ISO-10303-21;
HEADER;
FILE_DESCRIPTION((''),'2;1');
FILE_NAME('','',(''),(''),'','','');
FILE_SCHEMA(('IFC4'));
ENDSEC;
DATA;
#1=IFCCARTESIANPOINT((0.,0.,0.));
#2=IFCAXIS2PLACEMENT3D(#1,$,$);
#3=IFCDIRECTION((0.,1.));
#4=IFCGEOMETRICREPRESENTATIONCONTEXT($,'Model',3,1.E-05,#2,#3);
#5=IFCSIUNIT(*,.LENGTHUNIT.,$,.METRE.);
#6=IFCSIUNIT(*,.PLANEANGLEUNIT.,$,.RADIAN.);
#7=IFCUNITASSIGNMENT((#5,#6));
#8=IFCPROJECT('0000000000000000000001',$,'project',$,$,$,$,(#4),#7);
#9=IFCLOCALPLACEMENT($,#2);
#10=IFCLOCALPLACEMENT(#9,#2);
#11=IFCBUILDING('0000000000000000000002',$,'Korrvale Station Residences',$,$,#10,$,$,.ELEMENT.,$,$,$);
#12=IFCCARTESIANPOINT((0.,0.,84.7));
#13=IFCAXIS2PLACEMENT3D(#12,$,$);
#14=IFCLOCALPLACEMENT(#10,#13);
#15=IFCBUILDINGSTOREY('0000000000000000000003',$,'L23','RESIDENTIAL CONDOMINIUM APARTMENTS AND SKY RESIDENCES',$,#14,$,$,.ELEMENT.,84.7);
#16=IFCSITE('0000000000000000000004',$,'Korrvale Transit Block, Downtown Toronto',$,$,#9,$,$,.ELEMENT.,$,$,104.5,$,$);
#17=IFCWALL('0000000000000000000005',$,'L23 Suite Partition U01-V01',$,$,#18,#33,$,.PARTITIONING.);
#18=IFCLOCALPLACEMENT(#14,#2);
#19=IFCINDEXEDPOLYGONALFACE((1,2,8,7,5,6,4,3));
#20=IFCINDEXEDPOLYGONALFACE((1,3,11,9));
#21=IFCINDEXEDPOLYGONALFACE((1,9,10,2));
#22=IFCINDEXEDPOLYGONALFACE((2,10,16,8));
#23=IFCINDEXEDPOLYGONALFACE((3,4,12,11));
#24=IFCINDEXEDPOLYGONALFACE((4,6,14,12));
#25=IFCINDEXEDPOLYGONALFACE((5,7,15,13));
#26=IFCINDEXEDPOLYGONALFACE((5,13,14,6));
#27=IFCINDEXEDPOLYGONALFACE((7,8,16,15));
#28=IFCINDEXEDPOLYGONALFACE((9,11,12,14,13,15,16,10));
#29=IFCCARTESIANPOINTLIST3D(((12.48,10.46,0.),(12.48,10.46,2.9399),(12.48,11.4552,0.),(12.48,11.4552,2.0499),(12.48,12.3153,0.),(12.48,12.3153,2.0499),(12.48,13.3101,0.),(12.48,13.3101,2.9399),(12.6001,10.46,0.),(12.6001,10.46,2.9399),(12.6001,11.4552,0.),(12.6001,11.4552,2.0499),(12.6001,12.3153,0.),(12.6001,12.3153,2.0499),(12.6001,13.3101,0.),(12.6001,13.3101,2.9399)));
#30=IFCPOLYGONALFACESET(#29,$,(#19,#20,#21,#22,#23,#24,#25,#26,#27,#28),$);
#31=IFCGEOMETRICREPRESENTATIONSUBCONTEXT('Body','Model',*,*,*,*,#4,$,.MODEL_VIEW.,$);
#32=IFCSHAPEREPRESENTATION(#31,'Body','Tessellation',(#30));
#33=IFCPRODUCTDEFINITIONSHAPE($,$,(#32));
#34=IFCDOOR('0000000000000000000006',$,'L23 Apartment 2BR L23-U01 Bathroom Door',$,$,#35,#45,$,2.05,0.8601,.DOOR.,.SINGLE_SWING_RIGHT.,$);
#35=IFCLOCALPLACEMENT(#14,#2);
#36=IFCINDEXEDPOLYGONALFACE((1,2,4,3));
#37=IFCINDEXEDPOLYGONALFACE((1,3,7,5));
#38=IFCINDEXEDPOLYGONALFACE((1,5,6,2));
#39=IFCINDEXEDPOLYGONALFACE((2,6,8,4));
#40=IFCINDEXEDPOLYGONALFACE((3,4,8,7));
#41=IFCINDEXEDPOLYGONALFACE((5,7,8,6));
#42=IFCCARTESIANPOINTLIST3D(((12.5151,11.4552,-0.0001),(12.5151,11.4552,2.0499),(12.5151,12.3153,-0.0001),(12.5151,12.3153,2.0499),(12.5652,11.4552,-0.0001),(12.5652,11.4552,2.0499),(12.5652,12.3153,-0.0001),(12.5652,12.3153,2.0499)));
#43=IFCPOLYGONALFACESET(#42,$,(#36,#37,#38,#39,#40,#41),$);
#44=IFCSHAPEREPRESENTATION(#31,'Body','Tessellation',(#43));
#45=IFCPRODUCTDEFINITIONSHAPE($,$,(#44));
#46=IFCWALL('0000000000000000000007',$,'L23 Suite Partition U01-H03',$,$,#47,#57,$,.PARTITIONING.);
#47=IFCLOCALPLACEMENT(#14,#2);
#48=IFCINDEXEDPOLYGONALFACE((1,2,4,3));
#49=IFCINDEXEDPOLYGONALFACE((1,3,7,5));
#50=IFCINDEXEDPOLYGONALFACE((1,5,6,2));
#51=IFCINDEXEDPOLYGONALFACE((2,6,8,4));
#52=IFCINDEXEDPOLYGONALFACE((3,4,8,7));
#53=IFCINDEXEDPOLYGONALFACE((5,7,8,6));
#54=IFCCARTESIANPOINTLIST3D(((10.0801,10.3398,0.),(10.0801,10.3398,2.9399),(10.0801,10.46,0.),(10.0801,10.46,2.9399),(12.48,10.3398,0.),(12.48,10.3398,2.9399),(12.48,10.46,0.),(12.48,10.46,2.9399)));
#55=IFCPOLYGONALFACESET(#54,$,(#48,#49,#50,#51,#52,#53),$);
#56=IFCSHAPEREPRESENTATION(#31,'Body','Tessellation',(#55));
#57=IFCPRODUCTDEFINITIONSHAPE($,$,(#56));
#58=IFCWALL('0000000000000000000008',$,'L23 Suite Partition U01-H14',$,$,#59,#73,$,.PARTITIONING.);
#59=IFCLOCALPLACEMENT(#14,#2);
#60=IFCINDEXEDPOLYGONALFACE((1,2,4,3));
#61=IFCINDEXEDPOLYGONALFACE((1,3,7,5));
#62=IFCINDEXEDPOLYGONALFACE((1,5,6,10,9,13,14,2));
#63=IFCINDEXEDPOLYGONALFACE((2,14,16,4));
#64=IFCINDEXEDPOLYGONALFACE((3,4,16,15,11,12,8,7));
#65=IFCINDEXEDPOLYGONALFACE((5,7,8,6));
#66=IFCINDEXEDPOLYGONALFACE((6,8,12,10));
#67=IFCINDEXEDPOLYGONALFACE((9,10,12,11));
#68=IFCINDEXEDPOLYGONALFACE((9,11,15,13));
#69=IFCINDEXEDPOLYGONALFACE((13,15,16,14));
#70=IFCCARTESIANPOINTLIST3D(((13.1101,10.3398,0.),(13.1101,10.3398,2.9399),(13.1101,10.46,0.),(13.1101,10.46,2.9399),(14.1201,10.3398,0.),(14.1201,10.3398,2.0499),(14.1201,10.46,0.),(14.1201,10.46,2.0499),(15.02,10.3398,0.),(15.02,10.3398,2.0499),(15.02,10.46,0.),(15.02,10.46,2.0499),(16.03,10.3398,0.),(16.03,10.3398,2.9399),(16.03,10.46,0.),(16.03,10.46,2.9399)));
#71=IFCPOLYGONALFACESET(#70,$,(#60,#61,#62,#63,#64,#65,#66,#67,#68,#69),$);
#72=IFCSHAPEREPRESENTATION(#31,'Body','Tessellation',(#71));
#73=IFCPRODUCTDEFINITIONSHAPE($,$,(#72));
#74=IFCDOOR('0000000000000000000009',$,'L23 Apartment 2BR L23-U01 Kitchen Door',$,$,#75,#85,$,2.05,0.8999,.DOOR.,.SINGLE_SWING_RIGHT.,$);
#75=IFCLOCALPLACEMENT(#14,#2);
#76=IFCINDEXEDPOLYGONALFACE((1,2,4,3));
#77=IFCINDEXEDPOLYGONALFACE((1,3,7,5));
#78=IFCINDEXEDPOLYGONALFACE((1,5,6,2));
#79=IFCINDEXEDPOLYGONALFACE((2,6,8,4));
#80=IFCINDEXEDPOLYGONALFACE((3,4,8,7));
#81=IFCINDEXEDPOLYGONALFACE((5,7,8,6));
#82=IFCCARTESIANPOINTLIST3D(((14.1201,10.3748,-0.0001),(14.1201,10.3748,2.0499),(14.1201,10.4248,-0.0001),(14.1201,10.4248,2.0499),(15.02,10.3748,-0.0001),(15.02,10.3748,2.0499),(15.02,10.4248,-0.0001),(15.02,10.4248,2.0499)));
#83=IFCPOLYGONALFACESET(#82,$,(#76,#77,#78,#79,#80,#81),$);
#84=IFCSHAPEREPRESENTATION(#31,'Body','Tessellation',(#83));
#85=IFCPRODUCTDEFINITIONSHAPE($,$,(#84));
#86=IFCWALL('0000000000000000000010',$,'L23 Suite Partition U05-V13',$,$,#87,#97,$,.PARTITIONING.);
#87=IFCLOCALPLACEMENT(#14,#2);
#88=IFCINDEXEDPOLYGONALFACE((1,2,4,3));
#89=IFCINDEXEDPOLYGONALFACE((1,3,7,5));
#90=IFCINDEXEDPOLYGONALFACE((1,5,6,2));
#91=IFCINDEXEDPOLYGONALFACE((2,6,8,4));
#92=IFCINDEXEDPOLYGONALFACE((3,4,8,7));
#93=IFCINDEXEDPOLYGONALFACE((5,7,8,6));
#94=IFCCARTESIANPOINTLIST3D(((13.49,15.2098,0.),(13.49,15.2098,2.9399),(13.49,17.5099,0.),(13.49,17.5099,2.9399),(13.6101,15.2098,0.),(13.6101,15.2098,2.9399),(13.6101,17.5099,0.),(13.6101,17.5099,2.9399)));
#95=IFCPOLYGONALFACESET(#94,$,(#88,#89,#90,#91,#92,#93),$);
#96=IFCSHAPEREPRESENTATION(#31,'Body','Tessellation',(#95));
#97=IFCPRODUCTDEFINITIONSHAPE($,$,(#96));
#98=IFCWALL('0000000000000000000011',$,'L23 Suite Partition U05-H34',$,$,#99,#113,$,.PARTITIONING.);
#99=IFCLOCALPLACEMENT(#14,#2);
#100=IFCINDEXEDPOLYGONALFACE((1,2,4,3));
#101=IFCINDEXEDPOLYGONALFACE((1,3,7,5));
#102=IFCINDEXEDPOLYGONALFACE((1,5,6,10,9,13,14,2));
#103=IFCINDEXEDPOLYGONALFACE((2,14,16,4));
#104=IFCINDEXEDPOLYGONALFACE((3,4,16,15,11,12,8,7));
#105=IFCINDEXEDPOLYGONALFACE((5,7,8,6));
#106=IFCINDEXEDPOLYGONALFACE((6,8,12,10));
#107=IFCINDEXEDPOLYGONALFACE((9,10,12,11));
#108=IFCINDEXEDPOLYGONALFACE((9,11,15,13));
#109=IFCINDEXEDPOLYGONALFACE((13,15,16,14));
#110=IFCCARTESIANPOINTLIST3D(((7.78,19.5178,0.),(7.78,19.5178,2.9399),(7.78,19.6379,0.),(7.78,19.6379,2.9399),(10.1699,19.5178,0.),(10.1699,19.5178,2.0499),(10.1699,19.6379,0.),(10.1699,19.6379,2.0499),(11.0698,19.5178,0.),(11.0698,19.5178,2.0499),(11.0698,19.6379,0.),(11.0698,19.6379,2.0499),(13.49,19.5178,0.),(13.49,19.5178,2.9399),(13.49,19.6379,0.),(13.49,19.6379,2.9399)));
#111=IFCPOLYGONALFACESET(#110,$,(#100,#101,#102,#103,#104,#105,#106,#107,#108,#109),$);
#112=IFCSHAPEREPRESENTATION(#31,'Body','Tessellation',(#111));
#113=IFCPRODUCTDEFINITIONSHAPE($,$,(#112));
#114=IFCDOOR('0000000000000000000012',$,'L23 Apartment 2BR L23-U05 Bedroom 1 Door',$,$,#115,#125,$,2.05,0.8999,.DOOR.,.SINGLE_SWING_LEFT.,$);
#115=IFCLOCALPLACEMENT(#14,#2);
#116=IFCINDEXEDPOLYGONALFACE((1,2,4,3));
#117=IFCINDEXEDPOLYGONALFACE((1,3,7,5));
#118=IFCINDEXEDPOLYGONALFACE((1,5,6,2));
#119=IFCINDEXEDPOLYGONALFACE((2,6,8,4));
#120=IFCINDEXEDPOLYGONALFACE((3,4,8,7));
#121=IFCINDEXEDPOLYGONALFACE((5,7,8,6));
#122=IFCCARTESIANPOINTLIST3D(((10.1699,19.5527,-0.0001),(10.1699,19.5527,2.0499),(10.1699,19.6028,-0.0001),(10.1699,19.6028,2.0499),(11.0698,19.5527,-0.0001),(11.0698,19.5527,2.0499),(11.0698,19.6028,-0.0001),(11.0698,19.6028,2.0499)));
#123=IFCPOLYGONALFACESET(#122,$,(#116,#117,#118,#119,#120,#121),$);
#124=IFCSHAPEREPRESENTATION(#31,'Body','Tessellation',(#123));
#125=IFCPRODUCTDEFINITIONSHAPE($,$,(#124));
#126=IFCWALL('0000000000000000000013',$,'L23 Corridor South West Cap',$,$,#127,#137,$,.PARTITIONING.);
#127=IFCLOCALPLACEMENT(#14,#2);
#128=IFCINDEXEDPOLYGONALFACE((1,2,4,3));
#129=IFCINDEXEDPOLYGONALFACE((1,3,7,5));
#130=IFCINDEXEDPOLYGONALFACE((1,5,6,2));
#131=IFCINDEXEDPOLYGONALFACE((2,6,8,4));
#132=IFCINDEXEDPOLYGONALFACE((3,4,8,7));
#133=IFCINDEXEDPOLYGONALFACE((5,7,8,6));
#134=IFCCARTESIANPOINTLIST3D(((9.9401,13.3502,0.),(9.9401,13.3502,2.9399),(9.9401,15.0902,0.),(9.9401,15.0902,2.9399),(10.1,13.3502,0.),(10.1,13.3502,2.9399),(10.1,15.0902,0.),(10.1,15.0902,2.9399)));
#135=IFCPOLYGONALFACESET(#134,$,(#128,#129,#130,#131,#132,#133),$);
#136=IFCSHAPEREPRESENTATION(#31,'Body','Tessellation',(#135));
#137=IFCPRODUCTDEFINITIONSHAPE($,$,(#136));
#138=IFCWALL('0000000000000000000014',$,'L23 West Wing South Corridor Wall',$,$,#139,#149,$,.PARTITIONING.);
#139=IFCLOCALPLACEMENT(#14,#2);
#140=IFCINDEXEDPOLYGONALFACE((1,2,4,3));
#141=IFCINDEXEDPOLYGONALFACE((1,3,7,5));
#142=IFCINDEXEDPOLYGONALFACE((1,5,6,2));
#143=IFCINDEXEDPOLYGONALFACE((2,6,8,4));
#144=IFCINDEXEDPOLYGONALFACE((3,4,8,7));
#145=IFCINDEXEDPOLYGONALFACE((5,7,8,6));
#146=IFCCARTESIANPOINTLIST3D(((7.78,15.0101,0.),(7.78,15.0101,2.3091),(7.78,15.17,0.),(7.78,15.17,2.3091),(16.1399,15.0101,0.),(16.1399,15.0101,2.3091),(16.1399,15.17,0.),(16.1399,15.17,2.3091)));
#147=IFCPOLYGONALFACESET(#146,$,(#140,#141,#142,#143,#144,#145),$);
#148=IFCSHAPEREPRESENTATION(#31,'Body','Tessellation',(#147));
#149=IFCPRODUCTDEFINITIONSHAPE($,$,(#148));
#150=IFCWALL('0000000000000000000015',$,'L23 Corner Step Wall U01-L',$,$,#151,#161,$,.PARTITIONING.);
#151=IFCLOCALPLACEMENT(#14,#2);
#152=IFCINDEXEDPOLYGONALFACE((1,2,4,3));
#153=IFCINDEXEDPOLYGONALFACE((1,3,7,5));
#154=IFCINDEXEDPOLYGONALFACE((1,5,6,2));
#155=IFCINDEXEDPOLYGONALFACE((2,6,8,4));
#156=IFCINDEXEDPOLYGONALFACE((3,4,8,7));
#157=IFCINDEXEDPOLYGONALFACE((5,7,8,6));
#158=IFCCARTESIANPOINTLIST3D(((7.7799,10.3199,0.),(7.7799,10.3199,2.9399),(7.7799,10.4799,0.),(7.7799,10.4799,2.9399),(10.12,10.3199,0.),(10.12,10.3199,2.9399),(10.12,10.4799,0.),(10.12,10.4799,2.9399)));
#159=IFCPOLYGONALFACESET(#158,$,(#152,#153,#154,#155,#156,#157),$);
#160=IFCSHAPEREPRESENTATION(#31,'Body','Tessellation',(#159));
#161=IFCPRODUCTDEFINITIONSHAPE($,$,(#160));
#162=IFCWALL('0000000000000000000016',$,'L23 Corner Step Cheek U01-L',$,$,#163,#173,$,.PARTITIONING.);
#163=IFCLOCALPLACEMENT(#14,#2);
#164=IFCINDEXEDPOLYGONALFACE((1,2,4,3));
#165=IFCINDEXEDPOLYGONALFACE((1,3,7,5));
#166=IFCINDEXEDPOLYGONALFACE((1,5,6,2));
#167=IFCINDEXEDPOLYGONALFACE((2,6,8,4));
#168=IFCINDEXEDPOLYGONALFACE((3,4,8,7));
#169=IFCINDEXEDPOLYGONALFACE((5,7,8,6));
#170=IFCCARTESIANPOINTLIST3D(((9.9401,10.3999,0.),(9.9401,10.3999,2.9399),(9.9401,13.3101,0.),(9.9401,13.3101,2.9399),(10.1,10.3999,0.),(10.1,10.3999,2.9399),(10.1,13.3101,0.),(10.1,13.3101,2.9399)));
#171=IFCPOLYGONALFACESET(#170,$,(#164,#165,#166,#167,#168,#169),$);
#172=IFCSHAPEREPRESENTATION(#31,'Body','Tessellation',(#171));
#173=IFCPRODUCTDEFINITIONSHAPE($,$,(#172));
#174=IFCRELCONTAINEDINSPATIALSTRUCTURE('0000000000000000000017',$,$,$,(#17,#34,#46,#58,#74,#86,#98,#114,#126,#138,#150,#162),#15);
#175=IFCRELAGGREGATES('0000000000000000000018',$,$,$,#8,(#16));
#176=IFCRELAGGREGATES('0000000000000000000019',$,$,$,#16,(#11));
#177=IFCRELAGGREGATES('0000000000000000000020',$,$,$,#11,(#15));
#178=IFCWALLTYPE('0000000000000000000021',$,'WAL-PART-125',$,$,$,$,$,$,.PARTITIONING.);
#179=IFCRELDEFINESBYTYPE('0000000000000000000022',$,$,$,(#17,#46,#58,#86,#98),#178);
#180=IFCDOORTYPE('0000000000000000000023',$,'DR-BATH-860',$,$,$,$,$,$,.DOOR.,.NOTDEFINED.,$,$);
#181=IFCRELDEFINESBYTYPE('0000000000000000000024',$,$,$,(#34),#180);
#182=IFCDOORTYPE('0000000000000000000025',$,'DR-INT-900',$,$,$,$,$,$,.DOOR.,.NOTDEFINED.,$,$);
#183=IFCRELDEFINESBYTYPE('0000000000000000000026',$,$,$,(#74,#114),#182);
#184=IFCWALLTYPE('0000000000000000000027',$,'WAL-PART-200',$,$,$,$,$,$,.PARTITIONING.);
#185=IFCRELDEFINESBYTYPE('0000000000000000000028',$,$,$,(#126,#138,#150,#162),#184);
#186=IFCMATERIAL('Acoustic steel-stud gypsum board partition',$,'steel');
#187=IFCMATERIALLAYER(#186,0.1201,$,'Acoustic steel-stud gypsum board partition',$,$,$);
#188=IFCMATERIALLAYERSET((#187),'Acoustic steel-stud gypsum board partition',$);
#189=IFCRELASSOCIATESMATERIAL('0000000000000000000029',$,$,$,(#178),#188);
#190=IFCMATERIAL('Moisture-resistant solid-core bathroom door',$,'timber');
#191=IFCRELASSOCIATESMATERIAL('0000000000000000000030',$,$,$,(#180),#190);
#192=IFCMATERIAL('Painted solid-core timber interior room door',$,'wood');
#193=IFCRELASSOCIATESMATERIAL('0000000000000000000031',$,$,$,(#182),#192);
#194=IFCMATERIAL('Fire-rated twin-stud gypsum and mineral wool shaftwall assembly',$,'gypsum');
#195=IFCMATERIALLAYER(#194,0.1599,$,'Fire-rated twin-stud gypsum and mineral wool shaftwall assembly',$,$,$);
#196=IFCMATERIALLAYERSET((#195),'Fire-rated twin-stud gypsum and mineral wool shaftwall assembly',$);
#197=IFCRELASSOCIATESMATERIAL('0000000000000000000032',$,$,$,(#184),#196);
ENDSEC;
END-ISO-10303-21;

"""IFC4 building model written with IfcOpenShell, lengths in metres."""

from ifc_helpers import new_model, si_unit, direction, frame, frame_2d, origin, place, context, subcontext, project, spatial, rectangle, extrude, material, layer, layer_set, type_object, element, fill, save


model = new_model("IFC4")

# Units and contexts
model_context = context("Model", 3, precision=1e-05, world=origin(), true_north=direction((0.0, 1.0)))
body_context = subcontext(model_context, "Body", "Model", "MODEL_VIEW")
ifc_project = project(units=[si_unit("LENGTHUNIT", "METRE"), si_unit("PLANEANGLEUNIT", "RADIAN")], contexts=[model_context])

# Site, building, storey
site_placement = place(None, origin())
site = spatial("IfcSite", under=ifc_project, at=site_placement, Name="Korrvale Transit Block, Downtown Toronto", CompositionType="ELEMENT", RefElevation=104.5)
building_placement = place(site_placement, origin())
building = spatial("IfcBuilding", under=site, at=building_placement, Name="Korrvale Station Residences", CompositionType="ELEMENT")
storey_placement = place(building_placement, frame((0.0, 0.0, 84.7)))
storey = spatial("IfcBuildingStorey", under=building, at=storey_placement, Name="L23", Description="RESIDENTIAL CONDOMINIUM APARTMENTS AND SKY RESIDENCES", CompositionType="ELEMENT", Elevation=84.7)

# Wall, opening, door
ifc_material_1 = material(Name="Acoustic steel-stud gypsum board partition", Category="steel")
ifc_layer_1 = layer(ifc_material_1, 0.1201, Name="Acoustic steel-stud gypsum board partition")
ifc_layer_set_1 = layer_set([ifc_layer_1], Name="Acoustic steel-stud gypsum board partition")
wall_type_1 = type_object("IfcWallType", Name="WAL-PART-125", PredefinedType="PARTITIONING", material=ifc_layer_set_1)
wall_1_placement = place(storey_placement, frame((12.54, 10.46, 0.0), z_axis=(0.0, 0.0, 1.0), x_axis=(0.0, 1.0, 0.0)))
wall_1 = element("IfcWall", 1, at=wall_1_placement, inside=storey, type_object=wall_type_1, Name="L23 Suite Partition U01-V01", PredefinedType="PARTITIONING", context=body_context, shape_type="SweptSolid", body=[
    extrude(rectangle(XDim=2.8501, YDim=0.1201, at=frame_2d((1.425, 0.0))), origin(), (0.0, 0.0, 1.0), 2.9399),
])
opening_1_placement = place(wall_1_placement, frame((0.9951, 0.0, 0.0)))
opening_1 = element("IfcOpeningElement", 2, at=opening_1_placement, cuts=wall_1, PredefinedType="OPENING", context=body_context, shape_type="SweptSolid", body=[
    extrude(rectangle(XDim=0.8601, YDim=2.05, at=frame_2d((0.4302, 1.0249))), frame((0.0, 0.0701, 0.0), z_axis=(0.0, -1.0, 0.0), x_axis=(1.0, 0.0, 0.0)), (0.0, 0.0, 1.0), 0.1401),
])
ifc_material_2 = material(Name="Moisture-resistant solid-core bathroom door", Category="timber")
door_type_1 = type_object("IfcDoorType", Name="DR-BATH-860", OperationType="NOTDEFINED", PredefinedType="DOOR", material=ifc_material_2)
door_1_placement = place(opening_1_placement, origin())
door_1 = element("IfcDoor", 3, at=door_1_placement, inside=storey, type_object=door_type_1, Name="L23 Apartment 2BR L23-U01 Bathroom Door", OperationType="SINGLE_SWING_RIGHT", OverallHeight=2.05, OverallWidth=0.8601, PredefinedType="DOOR", context=body_context, shape_type="SweptSolid", body=[
    extrude(rectangle(XDim=0.8601, YDim=2.05, at=frame_2d((0.4302, 1.0249))), frame((0.0, 0.0249, 0.0), z_axis=(0.0, -1.0, 0.0), x_axis=(1.0, 0.0, 0.0)), (0.0, 0.0, 1.0), 0.05),
])
fill(opening_1, door_1)

# Wall
wall_2_placement = place(storey_placement, frame((10.0801, 10.3999, 0.0), z_axis=(0.0, 0.0, 1.0), x_axis=(1.0, 0.0, 0.0)))
element("IfcWall", 4, at=wall_2_placement, inside=storey, type_object=wall_type_1, Name="L23 Suite Partition U01-H03", PredefinedType="PARTITIONING", context=body_context, shape_type="SweptSolid", body=[
    extrude(rectangle(XDim=2.3999, YDim=0.1201, at=frame_2d((1.2, 0.0))), origin(), (0.0, 0.0, 1.0), 2.9399),
])

# Wall, opening, door
wall_3_placement = place(storey_placement, frame((13.1101, 10.3999, 0.0), z_axis=(0.0, 0.0, 1.0), x_axis=(1.0, 0.0, 0.0)))
wall_3 = element("IfcWall", 5, at=wall_3_placement, inside=storey, type_object=wall_type_1, Name="L23 Suite Partition U01-H14", PredefinedType="PARTITIONING", context=body_context, shape_type="SweptSolid", body=[
    extrude(rectangle(XDim=2.9199, YDim=0.1201, at=frame_2d((1.46, 0.0))), origin(), (0.0, 0.0, 1.0), 2.9399),
])
opening_2_placement = place(wall_3_placement, frame((1.01, 0.0, 0.0)))
opening_2 = element("IfcOpeningElement", 6, at=opening_2_placement, cuts=wall_3, PredefinedType="OPENING", context=body_context, shape_type="SweptSolid", body=[
    extrude(rectangle(XDim=0.8999, YDim=2.05, at=frame_2d((0.45, 1.0249))), frame((0.0, 0.0701, 0.0), z_axis=(0.0, -1.0, 0.0), x_axis=(1.0, 0.0, 0.0)), (0.0, 0.0, 1.0), 0.1401),
])
ifc_material_3 = material(Name="Painted solid-core timber interior room door", Category="wood")
door_type_2 = type_object("IfcDoorType", Name="DR-INT-900", OperationType="NOTDEFINED", PredefinedType="DOOR", material=ifc_material_3)
door_2_placement = place(opening_2_placement, origin())
door_2 = element("IfcDoor", 7, at=door_2_placement, inside=storey, type_object=door_type_2, Name="L23 Apartment 2BR L23-U01 Kitchen Door", OperationType="SINGLE_SWING_RIGHT", OverallHeight=2.05, OverallWidth=0.8999, PredefinedType="DOOR", context=body_context, shape_type="SweptSolid", body=[
    extrude(rectangle(XDim=0.8999, YDim=2.05, at=frame_2d((0.45, 1.0249))), frame((0.0, 0.0249, 0.0), z_axis=(0.0, -1.0, 0.0), x_axis=(1.0, 0.0, 0.0)), (0.0, 0.0, 1.0), 0.05),
])
fill(opening_2, door_2)

# Wall
wall_4_placement = place(storey_placement, frame((13.55, 15.21, 0.0), z_axis=(0.0, 0.0, 1.0), x_axis=(0.0, 1.0, 0.0)))
element("IfcWall", 8, at=wall_4_placement, inside=storey, type_object=wall_type_1, Name="L23 Suite Partition U05-V13", PredefinedType="PARTITIONING", context=body_context, shape_type="SweptSolid", body=[
    extrude(rectangle(XDim=2.3, YDim=0.1201, at=frame_2d((1.1499, 0.0))), origin(), (0.0, 0.0, 1.0), 2.9399),
])

# Wall, opening, door
wall_5_placement = place(storey_placement, frame((7.78, 19.5779, 0.0), z_axis=(0.0, 0.0, 1.0), x_axis=(1.0, 0.0, 0.0)))
wall_5 = element("IfcWall", 9, at=wall_5_placement, inside=storey, type_object=wall_type_1, Name="L23 Suite Partition U05-H34", PredefinedType="PARTITIONING", context=body_context, shape_type="SweptSolid", body=[
    extrude(rectangle(XDim=5.71, YDim=0.1201, at=frame_2d((2.855, 0.0))), origin(), (0.0, 0.0, 1.0), 2.9399),
])
opening_3_placement = place(wall_5_placement, frame((2.3899, 0.0, 0.0)))
opening_3 = element("IfcOpeningElement", 10, at=opening_3_placement, cuts=wall_5, PredefinedType="OPENING", context=body_context, shape_type="SweptSolid", body=[
    extrude(rectangle(XDim=0.8999, YDim=2.05, at=frame_2d((0.45, 1.0249))), frame((0.0, 0.0701, 0.0), z_axis=(0.0, -1.0, 0.0), x_axis=(1.0, 0.0, 0.0)), (0.0, 0.0, 1.0), 0.1401),
])
door_3_placement = place(opening_3_placement, origin())
door_3 = element("IfcDoor", 11, at=door_3_placement, inside=storey, type_object=door_type_2, Name="L23 Apartment 2BR L23-U05 Bedroom 1 Door", OperationType="SINGLE_SWING_LEFT", OverallHeight=2.05, OverallWidth=0.8999, PredefinedType="DOOR", context=body_context, shape_type="SweptSolid", body=[
    extrude(rectangle(XDim=0.8999, YDim=2.05, at=frame_2d((0.45, 1.0249))), frame((0.0, 0.0249, 0.0), z_axis=(0.0, -1.0, 0.0), x_axis=(1.0, 0.0, 0.0)), (0.0, 0.0, 1.0), 0.05),
])
fill(opening_3, door_3)

# Walls
ifc_material_4 = material(Name="Fire-rated twin-stud gypsum and mineral wool shaftwall assembly", Category="gypsum")
ifc_layer_2 = layer(ifc_material_4, 0.1599, Name="Fire-rated twin-stud gypsum and mineral wool shaftwall assembly")
ifc_layer_set_2 = layer_set([ifc_layer_2], Name="Fire-rated twin-stud gypsum and mineral wool shaftwall assembly")
wall_type_2 = type_object("IfcWallType", Name="WAL-PART-200", PredefinedType="PARTITIONING", material=ifc_layer_set_2)
wall_6_placement = place(storey_placement, frame((10.02, 13.3501, 0.0), z_axis=(0.0, 0.0, 1.0), x_axis=(0.0, 1.0, 0.0)))
element("IfcWall", 12, at=wall_6_placement, inside=storey, type_object=wall_type_2, Name="L23 Corridor South West Cap", PredefinedType="PARTITIONING", context=body_context, shape_type="SweptSolid", body=[
    extrude(rectangle(XDim=1.74, YDim=0.1599, at=frame_2d((0.8701, 0.0))), origin(), (0.0, 0.0, 1.0), 2.9399),
])
wall_7_placement = place(storey_placement, frame((7.78, 15.0901, 0.0), z_axis=(0.0, 0.0, 1.0), x_axis=(1.0, 0.0, 0.0)))
element("IfcWall", 13, at=wall_7_placement, inside=storey, type_object=wall_type_2, Name="L23 West Wing South Corridor Wall", PredefinedType="PARTITIONING", context=body_context, shape_type="SweptSolid", body=[
    extrude(rectangle(XDim=8.3599, YDim=0.1599, at=frame_2d((4.1799, 0.0))), origin(), (0.0, 0.0, 1.0), 2.3091),
])
wall_8_placement = place(storey_placement, frame((7.78, 10.3999, 0.0), z_axis=(0.0, 0.0, 1.0), x_axis=(1.0, 0.0, 0.0)))
element("IfcWall", 14, at=wall_8_placement, inside=storey, type_object=wall_type_2, Name="L23 Corner Step Wall U01-L", PredefinedType="PARTITIONING", context=body_context, shape_type="SweptSolid", body=[
    extrude(rectangle(XDim=2.3401, YDim=0.1599, at=frame_2d((1.1699, 0.0))), origin(), (0.0, 0.0, 1.0), 2.9399),
])
wall_9_placement = place(storey_placement, frame((10.02, 10.3999, 0.0), z_axis=(0.0, 0.0, 1.0), x_axis=(0.0, 1.0, 0.0)))
element("IfcWall", 15, at=wall_9_placement, inside=storey, type_object=wall_type_2, Name="L23 Corner Step Cheek U01-L", PredefinedType="PARTITIONING", context=body_context, shape_type="SweptSolid", body=[
    extrude(rectangle(XDim=2.9102, YDim=0.1599, at=frame_2d((1.4551, 0.0))), origin(), (0.0, 0.0, 1.0), 2.9399),
])

save(model, "model.ifc")
